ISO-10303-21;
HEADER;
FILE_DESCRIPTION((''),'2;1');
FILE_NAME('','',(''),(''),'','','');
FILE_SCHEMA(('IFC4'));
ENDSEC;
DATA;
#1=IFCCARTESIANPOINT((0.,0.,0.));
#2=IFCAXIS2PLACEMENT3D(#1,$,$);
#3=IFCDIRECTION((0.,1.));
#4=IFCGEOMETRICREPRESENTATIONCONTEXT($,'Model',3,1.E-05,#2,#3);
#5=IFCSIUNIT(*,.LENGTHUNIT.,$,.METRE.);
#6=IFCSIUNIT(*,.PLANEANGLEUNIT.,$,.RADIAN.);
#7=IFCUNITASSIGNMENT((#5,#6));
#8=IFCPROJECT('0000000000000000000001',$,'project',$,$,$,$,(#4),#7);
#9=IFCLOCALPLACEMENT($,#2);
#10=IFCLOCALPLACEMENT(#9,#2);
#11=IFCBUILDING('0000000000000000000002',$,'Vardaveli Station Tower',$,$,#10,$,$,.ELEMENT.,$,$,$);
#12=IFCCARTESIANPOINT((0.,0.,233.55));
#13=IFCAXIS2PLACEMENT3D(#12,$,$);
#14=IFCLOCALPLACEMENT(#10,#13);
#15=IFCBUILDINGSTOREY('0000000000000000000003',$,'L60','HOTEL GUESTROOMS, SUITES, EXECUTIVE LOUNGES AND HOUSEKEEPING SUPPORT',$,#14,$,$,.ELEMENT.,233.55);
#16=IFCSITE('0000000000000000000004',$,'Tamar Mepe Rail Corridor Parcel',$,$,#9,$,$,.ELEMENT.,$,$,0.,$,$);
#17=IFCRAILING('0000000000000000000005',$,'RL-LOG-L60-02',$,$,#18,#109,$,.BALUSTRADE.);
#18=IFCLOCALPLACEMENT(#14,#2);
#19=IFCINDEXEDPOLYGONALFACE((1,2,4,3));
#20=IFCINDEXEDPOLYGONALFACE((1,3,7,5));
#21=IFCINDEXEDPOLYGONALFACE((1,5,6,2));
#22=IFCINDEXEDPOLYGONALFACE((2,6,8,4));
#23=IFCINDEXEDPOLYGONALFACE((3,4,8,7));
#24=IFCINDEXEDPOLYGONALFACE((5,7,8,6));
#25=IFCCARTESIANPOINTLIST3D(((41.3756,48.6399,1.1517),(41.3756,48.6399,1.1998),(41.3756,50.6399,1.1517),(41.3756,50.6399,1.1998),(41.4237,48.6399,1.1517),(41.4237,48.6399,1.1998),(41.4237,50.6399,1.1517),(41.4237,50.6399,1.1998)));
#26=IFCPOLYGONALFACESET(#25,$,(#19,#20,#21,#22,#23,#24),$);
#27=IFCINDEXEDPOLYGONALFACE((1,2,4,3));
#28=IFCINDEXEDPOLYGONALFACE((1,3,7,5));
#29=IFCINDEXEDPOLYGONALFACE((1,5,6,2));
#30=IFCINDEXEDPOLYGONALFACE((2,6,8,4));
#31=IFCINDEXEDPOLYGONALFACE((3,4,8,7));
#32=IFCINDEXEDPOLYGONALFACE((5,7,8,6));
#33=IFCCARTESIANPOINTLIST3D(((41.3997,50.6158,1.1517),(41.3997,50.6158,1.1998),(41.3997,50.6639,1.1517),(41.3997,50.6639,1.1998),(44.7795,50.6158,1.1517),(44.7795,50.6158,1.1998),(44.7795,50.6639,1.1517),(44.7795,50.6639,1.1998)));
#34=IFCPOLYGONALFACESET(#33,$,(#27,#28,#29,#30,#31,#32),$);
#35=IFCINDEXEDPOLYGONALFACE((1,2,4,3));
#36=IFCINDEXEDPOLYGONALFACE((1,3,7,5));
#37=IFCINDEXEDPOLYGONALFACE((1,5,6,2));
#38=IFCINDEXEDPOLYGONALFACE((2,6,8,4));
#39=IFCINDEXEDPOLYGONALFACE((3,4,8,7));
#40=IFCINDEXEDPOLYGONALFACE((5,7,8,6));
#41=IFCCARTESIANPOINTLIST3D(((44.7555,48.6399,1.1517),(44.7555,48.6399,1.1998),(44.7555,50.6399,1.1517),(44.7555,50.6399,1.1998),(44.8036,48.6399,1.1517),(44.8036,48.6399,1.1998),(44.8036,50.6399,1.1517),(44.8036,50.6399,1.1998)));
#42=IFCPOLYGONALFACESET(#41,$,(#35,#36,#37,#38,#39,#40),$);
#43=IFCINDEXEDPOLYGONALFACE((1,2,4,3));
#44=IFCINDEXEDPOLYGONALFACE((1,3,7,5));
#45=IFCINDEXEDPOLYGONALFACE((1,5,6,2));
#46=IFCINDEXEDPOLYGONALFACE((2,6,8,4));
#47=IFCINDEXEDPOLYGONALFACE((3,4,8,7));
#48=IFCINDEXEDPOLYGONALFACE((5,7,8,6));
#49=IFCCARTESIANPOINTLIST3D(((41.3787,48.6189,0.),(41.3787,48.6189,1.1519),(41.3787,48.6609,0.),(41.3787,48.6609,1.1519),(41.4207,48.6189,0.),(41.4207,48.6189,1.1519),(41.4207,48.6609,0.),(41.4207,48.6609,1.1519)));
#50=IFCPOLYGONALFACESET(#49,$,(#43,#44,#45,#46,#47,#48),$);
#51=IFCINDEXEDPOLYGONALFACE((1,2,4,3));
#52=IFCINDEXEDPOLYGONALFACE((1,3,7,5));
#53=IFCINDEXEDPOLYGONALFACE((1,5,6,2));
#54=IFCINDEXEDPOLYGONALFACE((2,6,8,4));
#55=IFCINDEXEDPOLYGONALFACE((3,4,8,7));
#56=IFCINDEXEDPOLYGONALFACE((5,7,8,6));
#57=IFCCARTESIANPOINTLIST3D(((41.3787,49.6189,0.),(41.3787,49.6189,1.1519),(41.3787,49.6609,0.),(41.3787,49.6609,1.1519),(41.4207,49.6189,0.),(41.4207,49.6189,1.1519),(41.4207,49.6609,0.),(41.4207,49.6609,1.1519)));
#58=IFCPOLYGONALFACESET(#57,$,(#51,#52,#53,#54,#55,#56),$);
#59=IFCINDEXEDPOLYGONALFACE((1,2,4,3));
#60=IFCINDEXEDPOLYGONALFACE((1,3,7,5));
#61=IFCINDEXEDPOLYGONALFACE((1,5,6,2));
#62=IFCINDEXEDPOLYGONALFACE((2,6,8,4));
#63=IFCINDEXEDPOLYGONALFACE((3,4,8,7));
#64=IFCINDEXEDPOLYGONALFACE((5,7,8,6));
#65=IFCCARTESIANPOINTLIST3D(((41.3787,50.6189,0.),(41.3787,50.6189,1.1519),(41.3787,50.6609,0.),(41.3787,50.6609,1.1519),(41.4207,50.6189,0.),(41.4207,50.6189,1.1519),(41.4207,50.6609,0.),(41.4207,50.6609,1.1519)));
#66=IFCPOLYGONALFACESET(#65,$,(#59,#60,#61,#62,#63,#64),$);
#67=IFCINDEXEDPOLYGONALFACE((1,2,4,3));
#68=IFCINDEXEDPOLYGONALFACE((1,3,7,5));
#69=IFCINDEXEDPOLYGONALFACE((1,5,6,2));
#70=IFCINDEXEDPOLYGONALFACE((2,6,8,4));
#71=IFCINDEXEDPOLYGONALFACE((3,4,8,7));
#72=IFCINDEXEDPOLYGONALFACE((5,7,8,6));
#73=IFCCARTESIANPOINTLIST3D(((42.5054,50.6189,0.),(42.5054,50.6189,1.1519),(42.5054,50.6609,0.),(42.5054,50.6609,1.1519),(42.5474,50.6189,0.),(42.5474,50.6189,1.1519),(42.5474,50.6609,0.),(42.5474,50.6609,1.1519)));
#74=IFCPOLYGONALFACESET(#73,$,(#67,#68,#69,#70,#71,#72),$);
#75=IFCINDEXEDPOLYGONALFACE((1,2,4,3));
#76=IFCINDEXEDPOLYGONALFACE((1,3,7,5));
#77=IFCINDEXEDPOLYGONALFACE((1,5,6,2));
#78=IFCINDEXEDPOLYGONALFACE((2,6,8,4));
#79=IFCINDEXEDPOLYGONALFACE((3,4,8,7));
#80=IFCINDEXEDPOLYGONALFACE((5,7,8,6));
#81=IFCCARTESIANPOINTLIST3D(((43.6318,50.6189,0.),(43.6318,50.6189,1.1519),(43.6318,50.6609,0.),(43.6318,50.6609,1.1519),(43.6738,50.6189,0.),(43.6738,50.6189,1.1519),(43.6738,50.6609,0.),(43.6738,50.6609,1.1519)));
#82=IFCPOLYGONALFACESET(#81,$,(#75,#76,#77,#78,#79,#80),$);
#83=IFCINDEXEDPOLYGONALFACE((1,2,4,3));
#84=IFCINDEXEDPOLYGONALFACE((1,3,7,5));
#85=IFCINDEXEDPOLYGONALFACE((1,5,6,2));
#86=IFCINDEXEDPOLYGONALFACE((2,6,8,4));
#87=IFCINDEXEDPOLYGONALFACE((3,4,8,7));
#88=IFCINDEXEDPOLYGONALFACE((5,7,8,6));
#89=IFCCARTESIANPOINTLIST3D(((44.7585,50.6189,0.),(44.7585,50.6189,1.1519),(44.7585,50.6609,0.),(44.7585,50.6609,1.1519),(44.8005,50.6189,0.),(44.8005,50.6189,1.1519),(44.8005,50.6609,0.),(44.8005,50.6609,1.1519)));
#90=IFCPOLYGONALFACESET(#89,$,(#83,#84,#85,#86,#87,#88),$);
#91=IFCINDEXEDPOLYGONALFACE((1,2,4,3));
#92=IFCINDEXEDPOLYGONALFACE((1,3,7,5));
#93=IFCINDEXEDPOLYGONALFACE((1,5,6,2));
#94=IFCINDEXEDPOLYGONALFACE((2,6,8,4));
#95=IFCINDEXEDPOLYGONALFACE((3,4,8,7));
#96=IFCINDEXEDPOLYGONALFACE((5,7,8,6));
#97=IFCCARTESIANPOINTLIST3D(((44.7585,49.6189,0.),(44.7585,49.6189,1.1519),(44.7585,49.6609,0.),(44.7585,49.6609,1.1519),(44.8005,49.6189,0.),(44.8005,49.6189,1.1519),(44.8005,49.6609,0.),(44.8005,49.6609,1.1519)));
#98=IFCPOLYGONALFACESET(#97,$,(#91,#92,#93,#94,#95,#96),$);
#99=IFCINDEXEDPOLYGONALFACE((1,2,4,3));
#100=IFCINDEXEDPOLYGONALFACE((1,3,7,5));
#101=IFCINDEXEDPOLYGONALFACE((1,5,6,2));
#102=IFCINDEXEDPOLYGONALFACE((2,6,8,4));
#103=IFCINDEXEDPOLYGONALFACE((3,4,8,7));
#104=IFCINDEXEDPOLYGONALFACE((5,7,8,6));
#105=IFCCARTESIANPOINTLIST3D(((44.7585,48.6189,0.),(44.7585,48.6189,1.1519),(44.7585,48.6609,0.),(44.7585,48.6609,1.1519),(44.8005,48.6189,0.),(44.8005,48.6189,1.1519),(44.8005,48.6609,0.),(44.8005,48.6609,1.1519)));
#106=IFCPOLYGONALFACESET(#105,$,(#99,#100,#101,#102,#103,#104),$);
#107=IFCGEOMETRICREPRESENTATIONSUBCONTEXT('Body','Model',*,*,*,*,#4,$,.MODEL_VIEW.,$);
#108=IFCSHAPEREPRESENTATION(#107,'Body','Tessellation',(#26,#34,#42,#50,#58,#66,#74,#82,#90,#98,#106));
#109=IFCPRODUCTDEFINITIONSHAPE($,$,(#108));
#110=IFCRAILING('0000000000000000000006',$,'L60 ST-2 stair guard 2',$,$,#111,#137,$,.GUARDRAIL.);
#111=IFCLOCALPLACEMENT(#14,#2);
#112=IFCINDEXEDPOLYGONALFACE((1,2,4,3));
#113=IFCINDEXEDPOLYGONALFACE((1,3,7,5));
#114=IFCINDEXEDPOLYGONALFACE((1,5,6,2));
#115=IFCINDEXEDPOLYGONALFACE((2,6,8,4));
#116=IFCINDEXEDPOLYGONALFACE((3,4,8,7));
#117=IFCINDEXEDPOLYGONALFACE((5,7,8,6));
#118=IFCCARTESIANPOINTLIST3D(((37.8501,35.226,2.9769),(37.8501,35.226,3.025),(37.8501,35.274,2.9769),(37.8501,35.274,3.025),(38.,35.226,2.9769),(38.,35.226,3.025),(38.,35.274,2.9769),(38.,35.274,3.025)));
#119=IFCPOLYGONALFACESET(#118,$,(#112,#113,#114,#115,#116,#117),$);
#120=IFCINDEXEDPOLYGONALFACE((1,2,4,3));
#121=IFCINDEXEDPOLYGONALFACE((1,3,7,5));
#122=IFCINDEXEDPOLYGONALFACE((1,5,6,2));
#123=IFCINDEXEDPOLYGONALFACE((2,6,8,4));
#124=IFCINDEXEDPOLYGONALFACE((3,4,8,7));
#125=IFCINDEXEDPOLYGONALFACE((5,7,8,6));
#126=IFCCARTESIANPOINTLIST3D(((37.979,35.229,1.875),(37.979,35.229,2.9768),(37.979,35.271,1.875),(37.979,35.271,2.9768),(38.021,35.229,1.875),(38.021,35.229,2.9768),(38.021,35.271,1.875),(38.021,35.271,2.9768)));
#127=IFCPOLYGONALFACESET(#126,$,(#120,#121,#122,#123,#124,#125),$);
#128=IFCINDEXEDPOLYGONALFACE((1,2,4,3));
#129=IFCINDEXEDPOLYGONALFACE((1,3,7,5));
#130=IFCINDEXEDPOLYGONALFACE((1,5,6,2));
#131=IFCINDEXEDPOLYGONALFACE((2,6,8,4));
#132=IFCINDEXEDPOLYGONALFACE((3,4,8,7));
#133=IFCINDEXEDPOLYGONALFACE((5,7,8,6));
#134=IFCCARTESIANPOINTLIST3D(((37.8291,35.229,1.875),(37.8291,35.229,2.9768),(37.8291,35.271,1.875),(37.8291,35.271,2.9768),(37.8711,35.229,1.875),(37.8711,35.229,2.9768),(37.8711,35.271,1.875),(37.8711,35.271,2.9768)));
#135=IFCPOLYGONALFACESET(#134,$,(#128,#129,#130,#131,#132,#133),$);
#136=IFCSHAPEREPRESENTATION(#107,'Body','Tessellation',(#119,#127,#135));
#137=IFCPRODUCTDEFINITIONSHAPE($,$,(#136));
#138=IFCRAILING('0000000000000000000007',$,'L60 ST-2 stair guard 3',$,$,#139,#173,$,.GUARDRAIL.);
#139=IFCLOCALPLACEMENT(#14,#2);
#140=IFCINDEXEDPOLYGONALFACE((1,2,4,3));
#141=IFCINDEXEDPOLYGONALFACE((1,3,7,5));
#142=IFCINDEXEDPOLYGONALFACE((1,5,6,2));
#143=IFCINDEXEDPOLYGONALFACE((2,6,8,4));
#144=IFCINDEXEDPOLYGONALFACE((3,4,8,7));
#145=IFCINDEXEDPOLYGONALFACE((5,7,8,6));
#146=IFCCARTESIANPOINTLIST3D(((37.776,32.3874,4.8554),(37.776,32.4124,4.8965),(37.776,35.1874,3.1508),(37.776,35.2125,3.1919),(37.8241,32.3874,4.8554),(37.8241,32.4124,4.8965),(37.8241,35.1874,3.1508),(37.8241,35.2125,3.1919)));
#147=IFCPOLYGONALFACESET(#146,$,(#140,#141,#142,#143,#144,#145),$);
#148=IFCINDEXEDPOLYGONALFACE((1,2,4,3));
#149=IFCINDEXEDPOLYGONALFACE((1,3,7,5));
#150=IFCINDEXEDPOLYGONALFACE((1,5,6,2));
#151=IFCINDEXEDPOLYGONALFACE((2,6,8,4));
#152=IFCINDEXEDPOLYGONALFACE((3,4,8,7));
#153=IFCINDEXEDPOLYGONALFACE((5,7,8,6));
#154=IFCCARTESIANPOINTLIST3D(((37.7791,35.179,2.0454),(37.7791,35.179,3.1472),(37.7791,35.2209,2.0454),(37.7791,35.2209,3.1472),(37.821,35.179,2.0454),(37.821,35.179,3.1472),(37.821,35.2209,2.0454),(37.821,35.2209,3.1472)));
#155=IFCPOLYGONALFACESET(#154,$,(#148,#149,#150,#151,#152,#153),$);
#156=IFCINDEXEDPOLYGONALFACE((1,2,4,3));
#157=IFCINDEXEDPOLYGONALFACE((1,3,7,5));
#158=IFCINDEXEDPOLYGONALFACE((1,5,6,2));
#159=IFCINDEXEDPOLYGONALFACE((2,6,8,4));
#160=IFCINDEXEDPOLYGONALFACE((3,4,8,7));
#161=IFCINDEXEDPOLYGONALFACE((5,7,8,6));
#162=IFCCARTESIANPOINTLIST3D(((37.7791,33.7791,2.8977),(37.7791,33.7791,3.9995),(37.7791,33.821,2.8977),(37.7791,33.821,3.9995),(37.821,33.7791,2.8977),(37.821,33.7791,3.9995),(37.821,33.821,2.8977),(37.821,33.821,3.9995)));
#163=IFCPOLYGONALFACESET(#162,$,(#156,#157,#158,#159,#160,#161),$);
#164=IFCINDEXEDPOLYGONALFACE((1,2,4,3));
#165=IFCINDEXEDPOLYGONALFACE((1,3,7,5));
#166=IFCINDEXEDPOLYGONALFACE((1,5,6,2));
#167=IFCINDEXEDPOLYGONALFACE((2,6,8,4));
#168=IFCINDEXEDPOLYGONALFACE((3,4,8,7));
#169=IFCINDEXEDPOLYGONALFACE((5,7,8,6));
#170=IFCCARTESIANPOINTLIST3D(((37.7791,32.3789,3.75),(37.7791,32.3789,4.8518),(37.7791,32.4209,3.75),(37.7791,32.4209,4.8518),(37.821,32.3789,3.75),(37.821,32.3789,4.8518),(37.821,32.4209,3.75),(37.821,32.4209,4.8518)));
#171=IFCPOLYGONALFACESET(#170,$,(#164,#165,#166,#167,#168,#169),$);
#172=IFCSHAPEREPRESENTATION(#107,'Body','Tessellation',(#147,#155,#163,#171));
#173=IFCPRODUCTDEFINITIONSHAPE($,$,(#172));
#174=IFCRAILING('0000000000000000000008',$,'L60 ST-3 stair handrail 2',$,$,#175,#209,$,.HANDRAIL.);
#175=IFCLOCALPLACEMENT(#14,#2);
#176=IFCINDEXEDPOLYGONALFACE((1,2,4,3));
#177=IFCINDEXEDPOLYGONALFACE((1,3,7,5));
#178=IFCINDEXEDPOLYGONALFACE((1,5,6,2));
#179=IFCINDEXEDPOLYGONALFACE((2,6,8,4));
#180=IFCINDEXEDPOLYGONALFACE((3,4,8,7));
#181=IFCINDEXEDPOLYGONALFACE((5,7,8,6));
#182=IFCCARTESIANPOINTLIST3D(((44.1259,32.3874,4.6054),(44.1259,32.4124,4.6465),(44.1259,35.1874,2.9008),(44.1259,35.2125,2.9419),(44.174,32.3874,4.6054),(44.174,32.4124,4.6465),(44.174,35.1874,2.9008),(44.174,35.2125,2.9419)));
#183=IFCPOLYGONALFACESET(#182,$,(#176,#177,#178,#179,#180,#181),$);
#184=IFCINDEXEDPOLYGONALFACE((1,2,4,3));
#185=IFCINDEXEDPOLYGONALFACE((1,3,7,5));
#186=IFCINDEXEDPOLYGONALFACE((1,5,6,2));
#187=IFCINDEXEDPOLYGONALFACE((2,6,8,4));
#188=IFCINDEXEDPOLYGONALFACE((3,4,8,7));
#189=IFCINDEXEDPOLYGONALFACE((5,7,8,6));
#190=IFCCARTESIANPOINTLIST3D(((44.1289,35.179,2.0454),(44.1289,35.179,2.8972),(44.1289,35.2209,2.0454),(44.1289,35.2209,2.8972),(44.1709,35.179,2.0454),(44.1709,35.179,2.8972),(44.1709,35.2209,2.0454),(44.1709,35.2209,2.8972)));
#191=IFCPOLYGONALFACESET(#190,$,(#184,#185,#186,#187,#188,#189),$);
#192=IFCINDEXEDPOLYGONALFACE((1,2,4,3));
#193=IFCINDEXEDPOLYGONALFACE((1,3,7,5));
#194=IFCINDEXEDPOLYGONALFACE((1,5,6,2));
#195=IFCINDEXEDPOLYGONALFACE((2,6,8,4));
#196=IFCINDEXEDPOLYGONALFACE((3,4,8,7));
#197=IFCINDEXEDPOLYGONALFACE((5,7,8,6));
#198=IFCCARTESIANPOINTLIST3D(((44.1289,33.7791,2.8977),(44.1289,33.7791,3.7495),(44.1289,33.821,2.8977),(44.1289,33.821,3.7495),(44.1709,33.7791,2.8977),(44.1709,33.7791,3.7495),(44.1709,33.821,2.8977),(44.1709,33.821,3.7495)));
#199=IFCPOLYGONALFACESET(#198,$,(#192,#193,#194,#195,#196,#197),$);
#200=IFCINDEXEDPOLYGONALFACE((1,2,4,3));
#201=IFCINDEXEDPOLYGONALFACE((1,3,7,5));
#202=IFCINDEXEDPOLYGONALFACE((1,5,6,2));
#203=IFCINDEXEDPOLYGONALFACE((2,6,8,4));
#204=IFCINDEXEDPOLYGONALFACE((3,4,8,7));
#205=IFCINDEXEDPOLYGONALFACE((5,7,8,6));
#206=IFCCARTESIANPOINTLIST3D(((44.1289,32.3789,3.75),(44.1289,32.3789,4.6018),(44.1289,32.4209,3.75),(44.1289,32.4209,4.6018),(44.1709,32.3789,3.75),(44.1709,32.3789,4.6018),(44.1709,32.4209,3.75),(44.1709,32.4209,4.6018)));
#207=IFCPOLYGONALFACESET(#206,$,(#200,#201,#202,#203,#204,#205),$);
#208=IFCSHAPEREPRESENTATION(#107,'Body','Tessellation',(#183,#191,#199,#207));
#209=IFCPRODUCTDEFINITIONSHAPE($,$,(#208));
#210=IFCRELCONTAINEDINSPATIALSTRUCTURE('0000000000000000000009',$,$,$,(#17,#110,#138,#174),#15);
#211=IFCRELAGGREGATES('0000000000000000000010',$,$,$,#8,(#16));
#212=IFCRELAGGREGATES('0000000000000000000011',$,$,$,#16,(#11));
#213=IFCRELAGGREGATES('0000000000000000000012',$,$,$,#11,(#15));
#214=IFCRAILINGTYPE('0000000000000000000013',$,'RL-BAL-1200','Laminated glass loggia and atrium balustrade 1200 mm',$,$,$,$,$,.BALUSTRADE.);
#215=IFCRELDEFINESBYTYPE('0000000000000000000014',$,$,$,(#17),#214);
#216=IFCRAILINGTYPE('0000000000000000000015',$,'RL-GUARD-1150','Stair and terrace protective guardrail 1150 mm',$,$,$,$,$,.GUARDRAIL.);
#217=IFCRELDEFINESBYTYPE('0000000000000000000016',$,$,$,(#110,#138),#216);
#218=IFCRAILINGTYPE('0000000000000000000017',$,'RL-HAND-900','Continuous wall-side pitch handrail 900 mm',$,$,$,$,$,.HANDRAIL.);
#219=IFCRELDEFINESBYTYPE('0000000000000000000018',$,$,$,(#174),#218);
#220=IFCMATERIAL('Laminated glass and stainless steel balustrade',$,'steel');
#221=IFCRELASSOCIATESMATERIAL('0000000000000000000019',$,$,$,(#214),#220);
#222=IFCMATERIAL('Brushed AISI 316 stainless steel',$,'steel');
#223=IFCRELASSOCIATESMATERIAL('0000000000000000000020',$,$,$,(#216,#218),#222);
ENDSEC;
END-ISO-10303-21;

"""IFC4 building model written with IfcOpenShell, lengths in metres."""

from ifc_helpers import new_model, si_unit, direction, frame, origin, origin_2d, place, context, subcontext, project, spatial, rectangle, extrude, source, transform, mapped, material, type_object, element, save


model = new_model("IFC4")

# Units and contexts
model_context = context("Model", 3, precision=1e-05, world=origin(), true_north=direction((0.0, 1.0)))
body_context = subcontext(model_context, "Body", "Model", "MODEL_VIEW")
ifc_project = project(units=[si_unit("LENGTHUNIT", "METRE"), si_unit("PLANEANGLEUNIT", "RADIAN")], contexts=[model_context])

# Site, building, storey
site_placement = place(None, origin())
site = spatial("IfcSite", under=ifc_project, at=site_placement, Name="Tamar Mepe Rail Corridor Parcel", CompositionType="ELEMENT", RefElevation=0.0)
building_placement = place(site_placement, origin())
building = spatial("IfcBuilding", under=site, at=building_placement, Name="Vardaveli Station Tower", CompositionType="ELEMENT")
storey_placement = place(building_placement, frame((0.0, 0.0, 233.55)))
storey = spatial("IfcBuildingStorey", under=building, at=storey_placement, Name="L60", Description="HOTEL GUESTROOMS, SUITES, EXECUTIVE LOUNGES AND HOUSEKEEPING SUPPORT", CompositionType="ELEMENT", Elevation=233.55)

# Railings
ifc_material_1 = material(Name="Laminated glass and stainless steel balustrade", Category="steel")
railing_type_1 = type_object("IfcRailingType", Name="RL-BAL-1200", Description="Laminated glass loggia and atrium balustrade 1200 mm", PredefinedType="BALUSTRADE", material=ifc_material_1)
shared_shape_1 = source(origin(), body_context, "Body", "SweptSolid", [
    extrude(rectangle(XDim=0.0481, YDim=0.0481, at=origin_2d()), frame((0.0, 0.0, 1.1758), z_axis=(0.0, 1.0, 0.0), x_axis=(-1.0, 0.0, 0.0)), (0.0, 0.0, 1.0), 2.0),
    extrude(rectangle(XDim=0.0481, YDim=0.0481, at=origin_2d()), frame((0.0, 2.0, 1.1758), z_axis=(1.0, 0.0, 0.0), x_axis=(0.0, 1.0, 0.0)), (0.0, 0.0, 1.0), 3.3799),
    extrude(rectangle(XDim=0.0481, YDim=0.0481, at=origin_2d()), frame((3.3799, 2.0, 1.1758), z_axis=(0.0, -1.0, 0.0), x_axis=(1.0, 0.0, 0.0)), (0.0, 0.0, 1.0), 2.0),
    extrude(rectangle(XDim=0.042, YDim=0.042, at=origin_2d()), origin(), (0.0, 0.0, 1.0), 1.1519),
    extrude(rectangle(XDim=0.042, YDim=0.042, at=origin_2d()), frame((0.0, 1.0, 0.0)), (0.0, 0.0, 1.0), 1.1519),
    extrude(rectangle(XDim=0.042, YDim=0.042, at=origin_2d()), frame((0.0, 2.0, 0.0)), (0.0, 0.0, 1.0), 1.1519),
    extrude(rectangle(XDim=0.042, YDim=0.042, at=origin_2d()), frame((1.1267, 2.0, 0.0)), (0.0, 0.0, 1.0), 1.1519),
    extrude(rectangle(XDim=0.042, YDim=0.042, at=origin_2d()), frame((2.2532, 2.0, 0.0)), (0.0, 0.0, 1.0), 1.1519),
    extrude(rectangle(XDim=0.042, YDim=0.042, at=origin_2d()), frame((3.3799, 2.0, 0.0)), (0.0, 0.0, 1.0), 1.1519),
    extrude(rectangle(XDim=0.042, YDim=0.042, at=origin_2d()), frame((3.3799, 1.0, 0.0)), (0.0, 0.0, 1.0), 1.1519),
    extrude(rectangle(XDim=0.042, YDim=0.042, at=origin_2d()), frame((3.3799, 0.0, 0.0)), (0.0, 0.0, 1.0), 1.1519),
])
railing_1_placement = place(storey_placement, frame((41.3997, 48.6399, 0.0)))
element("IfcRailing", 1, at=railing_1_placement, inside=storey, type_object=railing_type_1, Name="RL-LOG-L60-02", PredefinedType="BALUSTRADE", context=body_context, shape_type="MappedRepresentation", body=[
    mapped(shared_shape_1, transform((0.0, 0.0, 0.0), scale=1.0)),
])
ifc_material_2 = material(Name="Brushed AISI 316 stainless steel", Category="steel")
railing_type_2 = type_object("IfcRailingType", Name="RL-GUARD-1150", Description="Stair and terrace protective guardrail 1150 mm", PredefinedType="GUARDRAIL", material=ifc_material_2)
shared_shape_2 = source(origin(), body_context, "Body", "SweptSolid", [
    extrude(rectangle(XDim=0.0481, YDim=0.0481, at=origin_2d()), frame((0.0, 0.0, 1.126), z_axis=(-1.0, 0.0, 0.0), x_axis=(0.0, -1.0, 0.0)), (0.0, 0.0, 1.0), 0.1499),
    extrude(rectangle(XDim=0.042, YDim=0.042, at=origin_2d()), origin(), (0.0, 0.0, 1.0), 1.1018),
    extrude(rectangle(XDim=0.042, YDim=0.042, at=origin_2d()), frame((-0.1499, 0.0, 0.0)), (0.0, 0.0, 1.0), 1.1018),
])
railing_2_placement = place(storey_placement, frame((38.0, 35.25, 1.875)))
element("IfcRailing", 2, at=railing_2_placement, inside=storey, type_object=railing_type_2, Name="L60 ST-2 stair guard 2", PredefinedType="GUARDRAIL", context=body_context, shape_type="MappedRepresentation", body=[
    mapped(shared_shape_2, transform((0.0, 0.0, 0.0), scale=1.0)),
])
shared_shape_3 = source(origin(), body_context, "Body", "SweptSolid", [
    extrude(rectangle(XDim=0.0481, YDim=0.0481, at=origin_2d()), frame((0.0, 0.0, 1.126), z_axis=(0.0, -0.85417, 0.519994), x_axis=(1.0, 0.0, 0.0)), (0.0, 0.0, 1.0), 3.2781),
    extrude(rectangle(XDim=0.042, YDim=0.042, at=origin_2d()), origin(), (0.0, 0.0, 1.0), 1.1018),
    extrude(rectangle(XDim=0.042, YDim=0.042, at=origin_2d()), frame((0.0, -1.3999, 0.8523)), (0.0, 0.0, 1.0), 1.1018),
    extrude(rectangle(XDim=0.042, YDim=0.042, at=origin_2d()), frame((0.0, -2.8, 1.7046)), (0.0, 0.0, 1.0), 1.1018),
])
railing_3_placement = place(storey_placement, frame((37.8, 35.2, 2.0454)))
element("IfcRailing", 3, at=railing_3_placement, inside=storey, type_object=railing_type_2, Name="L60 ST-2 stair guard 3", PredefinedType="GUARDRAIL", context=body_context, shape_type="MappedRepresentation", body=[
    mapped(shared_shape_3, transform((0.0, 0.0, 0.0), scale=1.0)),
])
railing_type_3 = type_object("IfcRailingType", Name="RL-HAND-900", Description="Continuous wall-side pitch handrail 900 mm", PredefinedType="HANDRAIL", material=ifc_material_2)
shared_shape_4 = source(origin(), body_context, "Body", "SweptSolid", [
    extrude(rectangle(XDim=0.0481, YDim=0.0481, at=origin_2d()), frame((0.0, 0.0, 0.876), z_axis=(0.0, -0.85417, 0.519994), x_axis=(1.0, 0.0, 0.0)), (0.0, 0.0, 1.0), 3.2781),
    extrude(rectangle(XDim=0.042, YDim=0.042, at=origin_2d()), origin(), (0.0, 0.0, 1.0), 0.8518),
    extrude(rectangle(XDim=0.042, YDim=0.042, at=origin_2d()), frame((0.0, -1.3999, 0.8523)), (0.0, 0.0, 1.0), 0.8518),
    extrude(rectangle(XDim=0.042, YDim=0.042, at=origin_2d()), frame((0.0, -2.8, 1.7046)), (0.0, 0.0, 1.0), 0.8518),
])
railing_4_placement = place(storey_placement, frame((44.1499, 35.2, 2.0454)))
element("IfcRailing", 4, at=railing_4_placement, inside=storey, type_object=railing_type_3, Name="L60 ST-3 stair handrail 2", PredefinedType="HANDRAIL", context=body_context, shape_type="MappedRepresentation", body=[
    mapped(shared_shape_4, transform((0.0, 0.0, 0.0), scale=1.0)),
])

save(model, "model.ifc")
